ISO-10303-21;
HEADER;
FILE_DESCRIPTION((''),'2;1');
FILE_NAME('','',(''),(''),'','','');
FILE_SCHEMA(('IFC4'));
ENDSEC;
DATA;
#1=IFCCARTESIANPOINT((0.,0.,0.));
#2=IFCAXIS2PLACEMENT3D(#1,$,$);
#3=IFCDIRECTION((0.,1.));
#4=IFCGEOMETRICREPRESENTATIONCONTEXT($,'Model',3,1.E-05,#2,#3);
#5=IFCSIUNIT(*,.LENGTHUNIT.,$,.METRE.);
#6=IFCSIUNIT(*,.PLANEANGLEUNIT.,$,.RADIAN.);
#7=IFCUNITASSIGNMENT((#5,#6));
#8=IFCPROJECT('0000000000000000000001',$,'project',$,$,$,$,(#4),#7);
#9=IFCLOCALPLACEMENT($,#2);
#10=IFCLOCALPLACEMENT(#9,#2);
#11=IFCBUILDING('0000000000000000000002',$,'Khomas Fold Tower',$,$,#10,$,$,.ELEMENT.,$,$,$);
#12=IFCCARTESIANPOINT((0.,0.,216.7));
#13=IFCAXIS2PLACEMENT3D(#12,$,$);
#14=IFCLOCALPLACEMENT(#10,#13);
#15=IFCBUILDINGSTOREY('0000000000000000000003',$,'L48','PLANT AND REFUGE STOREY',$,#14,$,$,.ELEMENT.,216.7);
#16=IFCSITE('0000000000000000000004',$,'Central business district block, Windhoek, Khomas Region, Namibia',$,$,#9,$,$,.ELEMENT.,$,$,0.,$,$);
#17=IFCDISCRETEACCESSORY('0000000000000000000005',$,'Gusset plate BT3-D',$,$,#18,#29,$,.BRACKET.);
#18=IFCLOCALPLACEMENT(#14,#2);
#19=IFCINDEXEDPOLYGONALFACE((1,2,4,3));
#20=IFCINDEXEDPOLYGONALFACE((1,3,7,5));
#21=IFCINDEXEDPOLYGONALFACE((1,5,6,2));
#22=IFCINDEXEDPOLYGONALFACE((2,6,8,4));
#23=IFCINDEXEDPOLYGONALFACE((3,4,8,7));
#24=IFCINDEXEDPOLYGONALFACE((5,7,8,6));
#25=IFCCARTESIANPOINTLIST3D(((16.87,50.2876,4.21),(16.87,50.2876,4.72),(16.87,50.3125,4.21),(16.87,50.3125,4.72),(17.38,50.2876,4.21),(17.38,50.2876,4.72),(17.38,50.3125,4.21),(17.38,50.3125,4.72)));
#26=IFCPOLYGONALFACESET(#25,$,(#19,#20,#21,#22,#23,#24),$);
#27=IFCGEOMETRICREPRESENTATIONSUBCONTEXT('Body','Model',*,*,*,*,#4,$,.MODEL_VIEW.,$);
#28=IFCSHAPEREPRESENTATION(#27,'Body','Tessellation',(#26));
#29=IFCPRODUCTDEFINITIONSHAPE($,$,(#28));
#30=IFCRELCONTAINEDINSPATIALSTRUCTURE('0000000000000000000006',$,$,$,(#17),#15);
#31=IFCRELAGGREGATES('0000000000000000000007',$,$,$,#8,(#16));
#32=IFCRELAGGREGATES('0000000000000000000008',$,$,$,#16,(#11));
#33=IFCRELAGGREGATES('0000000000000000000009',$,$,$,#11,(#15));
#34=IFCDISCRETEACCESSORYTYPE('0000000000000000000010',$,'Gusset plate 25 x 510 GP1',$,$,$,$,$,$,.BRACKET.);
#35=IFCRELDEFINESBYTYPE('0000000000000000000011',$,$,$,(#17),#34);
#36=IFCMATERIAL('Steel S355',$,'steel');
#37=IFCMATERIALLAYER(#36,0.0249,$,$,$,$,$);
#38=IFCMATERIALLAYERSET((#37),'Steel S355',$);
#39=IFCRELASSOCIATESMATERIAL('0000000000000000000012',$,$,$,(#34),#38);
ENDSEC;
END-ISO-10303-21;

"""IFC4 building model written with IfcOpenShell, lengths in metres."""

from ifc_helpers import new_model, si_unit, direction, frame, origin, origin_2d, place, context, subcontext, project, spatial, rectangle, extrude, source, transform, mapped, material, layer, layer_set, type_object, element, save


model = new_model("IFC4")

# Units and contexts
model_context = context("Model", 3, precision=1e-05, world=origin(), true_north=direction((0.0, 1.0)))
body_context = subcontext(model_context, "Body", "Model", "MODEL_VIEW")
ifc_project = project(units=[si_unit("LENGTHUNIT", "METRE"), si_unit("PLANEANGLEUNIT", "RADIAN")], contexts=[model_context])

# Site, building, storey
site_placement = place(None, origin())
site = spatial("IfcSite", under=ifc_project, at=site_placement, Name="Central business district block, Windhoek, Khomas Region, Namibia", CompositionType="ELEMENT", RefElevation=0.0)
building_placement = place(site_placement, origin())
building = spatial("IfcBuilding", under=site, at=building_placement, Name="Khomas Fold Tower", CompositionType="ELEMENT")
storey_placement = place(building_placement, frame((0.0, 0.0, 216.7)))
storey = spatial("IfcBuildingStorey", under=building, at=storey_placement, Name="L48", Description="PLANT AND REFUGE STOREY", CompositionType="ELEMENT", Elevation=216.7)

# Discrete accessory
ifc_material_1 = material(Name="Steel S355", Category="steel")
ifc_layer_1 = layer(ifc_material_1, 0.0249)
ifc_layer_set_1 = layer_set([ifc_layer_1], Name="Steel S355")
discrete_accessory_type = type_object("IfcDiscreteAccessoryType", Name="Gusset plate 25 x 510 GP1", PredefinedType="BRACKET", material=ifc_layer_set_1)
shared_shape_1 = source(origin(), body_context, "Body", "SweptSolid", [
    extrude(rectangle(XDim=0.51, YDim=0.0249, at=origin_2d()), origin(), (0.0, 0.0, 1.0), 0.51),
])
for number, where, z_axis, x_axis, name in (
    (1, (17.125, 50.3, 4.21), (0.0, 0.0, 1.0), (1.0, 0.0, 0.0), "Gusset plate BT3-D"),
):
    element("IfcDiscreteAccessory", number, at=place(storey_placement, frame(where, z_axis=z_axis, x_axis=x_axis)), inside=storey, type_object=discrete_accessory_type, Name=name, PredefinedType="BRACKET", context=body_context, shape_type="MappedRepresentation", body=[
        mapped(shared_shape_1, transform((0.0, 0.0, 0.0))),
    ])

save(model, "model.ifc")
